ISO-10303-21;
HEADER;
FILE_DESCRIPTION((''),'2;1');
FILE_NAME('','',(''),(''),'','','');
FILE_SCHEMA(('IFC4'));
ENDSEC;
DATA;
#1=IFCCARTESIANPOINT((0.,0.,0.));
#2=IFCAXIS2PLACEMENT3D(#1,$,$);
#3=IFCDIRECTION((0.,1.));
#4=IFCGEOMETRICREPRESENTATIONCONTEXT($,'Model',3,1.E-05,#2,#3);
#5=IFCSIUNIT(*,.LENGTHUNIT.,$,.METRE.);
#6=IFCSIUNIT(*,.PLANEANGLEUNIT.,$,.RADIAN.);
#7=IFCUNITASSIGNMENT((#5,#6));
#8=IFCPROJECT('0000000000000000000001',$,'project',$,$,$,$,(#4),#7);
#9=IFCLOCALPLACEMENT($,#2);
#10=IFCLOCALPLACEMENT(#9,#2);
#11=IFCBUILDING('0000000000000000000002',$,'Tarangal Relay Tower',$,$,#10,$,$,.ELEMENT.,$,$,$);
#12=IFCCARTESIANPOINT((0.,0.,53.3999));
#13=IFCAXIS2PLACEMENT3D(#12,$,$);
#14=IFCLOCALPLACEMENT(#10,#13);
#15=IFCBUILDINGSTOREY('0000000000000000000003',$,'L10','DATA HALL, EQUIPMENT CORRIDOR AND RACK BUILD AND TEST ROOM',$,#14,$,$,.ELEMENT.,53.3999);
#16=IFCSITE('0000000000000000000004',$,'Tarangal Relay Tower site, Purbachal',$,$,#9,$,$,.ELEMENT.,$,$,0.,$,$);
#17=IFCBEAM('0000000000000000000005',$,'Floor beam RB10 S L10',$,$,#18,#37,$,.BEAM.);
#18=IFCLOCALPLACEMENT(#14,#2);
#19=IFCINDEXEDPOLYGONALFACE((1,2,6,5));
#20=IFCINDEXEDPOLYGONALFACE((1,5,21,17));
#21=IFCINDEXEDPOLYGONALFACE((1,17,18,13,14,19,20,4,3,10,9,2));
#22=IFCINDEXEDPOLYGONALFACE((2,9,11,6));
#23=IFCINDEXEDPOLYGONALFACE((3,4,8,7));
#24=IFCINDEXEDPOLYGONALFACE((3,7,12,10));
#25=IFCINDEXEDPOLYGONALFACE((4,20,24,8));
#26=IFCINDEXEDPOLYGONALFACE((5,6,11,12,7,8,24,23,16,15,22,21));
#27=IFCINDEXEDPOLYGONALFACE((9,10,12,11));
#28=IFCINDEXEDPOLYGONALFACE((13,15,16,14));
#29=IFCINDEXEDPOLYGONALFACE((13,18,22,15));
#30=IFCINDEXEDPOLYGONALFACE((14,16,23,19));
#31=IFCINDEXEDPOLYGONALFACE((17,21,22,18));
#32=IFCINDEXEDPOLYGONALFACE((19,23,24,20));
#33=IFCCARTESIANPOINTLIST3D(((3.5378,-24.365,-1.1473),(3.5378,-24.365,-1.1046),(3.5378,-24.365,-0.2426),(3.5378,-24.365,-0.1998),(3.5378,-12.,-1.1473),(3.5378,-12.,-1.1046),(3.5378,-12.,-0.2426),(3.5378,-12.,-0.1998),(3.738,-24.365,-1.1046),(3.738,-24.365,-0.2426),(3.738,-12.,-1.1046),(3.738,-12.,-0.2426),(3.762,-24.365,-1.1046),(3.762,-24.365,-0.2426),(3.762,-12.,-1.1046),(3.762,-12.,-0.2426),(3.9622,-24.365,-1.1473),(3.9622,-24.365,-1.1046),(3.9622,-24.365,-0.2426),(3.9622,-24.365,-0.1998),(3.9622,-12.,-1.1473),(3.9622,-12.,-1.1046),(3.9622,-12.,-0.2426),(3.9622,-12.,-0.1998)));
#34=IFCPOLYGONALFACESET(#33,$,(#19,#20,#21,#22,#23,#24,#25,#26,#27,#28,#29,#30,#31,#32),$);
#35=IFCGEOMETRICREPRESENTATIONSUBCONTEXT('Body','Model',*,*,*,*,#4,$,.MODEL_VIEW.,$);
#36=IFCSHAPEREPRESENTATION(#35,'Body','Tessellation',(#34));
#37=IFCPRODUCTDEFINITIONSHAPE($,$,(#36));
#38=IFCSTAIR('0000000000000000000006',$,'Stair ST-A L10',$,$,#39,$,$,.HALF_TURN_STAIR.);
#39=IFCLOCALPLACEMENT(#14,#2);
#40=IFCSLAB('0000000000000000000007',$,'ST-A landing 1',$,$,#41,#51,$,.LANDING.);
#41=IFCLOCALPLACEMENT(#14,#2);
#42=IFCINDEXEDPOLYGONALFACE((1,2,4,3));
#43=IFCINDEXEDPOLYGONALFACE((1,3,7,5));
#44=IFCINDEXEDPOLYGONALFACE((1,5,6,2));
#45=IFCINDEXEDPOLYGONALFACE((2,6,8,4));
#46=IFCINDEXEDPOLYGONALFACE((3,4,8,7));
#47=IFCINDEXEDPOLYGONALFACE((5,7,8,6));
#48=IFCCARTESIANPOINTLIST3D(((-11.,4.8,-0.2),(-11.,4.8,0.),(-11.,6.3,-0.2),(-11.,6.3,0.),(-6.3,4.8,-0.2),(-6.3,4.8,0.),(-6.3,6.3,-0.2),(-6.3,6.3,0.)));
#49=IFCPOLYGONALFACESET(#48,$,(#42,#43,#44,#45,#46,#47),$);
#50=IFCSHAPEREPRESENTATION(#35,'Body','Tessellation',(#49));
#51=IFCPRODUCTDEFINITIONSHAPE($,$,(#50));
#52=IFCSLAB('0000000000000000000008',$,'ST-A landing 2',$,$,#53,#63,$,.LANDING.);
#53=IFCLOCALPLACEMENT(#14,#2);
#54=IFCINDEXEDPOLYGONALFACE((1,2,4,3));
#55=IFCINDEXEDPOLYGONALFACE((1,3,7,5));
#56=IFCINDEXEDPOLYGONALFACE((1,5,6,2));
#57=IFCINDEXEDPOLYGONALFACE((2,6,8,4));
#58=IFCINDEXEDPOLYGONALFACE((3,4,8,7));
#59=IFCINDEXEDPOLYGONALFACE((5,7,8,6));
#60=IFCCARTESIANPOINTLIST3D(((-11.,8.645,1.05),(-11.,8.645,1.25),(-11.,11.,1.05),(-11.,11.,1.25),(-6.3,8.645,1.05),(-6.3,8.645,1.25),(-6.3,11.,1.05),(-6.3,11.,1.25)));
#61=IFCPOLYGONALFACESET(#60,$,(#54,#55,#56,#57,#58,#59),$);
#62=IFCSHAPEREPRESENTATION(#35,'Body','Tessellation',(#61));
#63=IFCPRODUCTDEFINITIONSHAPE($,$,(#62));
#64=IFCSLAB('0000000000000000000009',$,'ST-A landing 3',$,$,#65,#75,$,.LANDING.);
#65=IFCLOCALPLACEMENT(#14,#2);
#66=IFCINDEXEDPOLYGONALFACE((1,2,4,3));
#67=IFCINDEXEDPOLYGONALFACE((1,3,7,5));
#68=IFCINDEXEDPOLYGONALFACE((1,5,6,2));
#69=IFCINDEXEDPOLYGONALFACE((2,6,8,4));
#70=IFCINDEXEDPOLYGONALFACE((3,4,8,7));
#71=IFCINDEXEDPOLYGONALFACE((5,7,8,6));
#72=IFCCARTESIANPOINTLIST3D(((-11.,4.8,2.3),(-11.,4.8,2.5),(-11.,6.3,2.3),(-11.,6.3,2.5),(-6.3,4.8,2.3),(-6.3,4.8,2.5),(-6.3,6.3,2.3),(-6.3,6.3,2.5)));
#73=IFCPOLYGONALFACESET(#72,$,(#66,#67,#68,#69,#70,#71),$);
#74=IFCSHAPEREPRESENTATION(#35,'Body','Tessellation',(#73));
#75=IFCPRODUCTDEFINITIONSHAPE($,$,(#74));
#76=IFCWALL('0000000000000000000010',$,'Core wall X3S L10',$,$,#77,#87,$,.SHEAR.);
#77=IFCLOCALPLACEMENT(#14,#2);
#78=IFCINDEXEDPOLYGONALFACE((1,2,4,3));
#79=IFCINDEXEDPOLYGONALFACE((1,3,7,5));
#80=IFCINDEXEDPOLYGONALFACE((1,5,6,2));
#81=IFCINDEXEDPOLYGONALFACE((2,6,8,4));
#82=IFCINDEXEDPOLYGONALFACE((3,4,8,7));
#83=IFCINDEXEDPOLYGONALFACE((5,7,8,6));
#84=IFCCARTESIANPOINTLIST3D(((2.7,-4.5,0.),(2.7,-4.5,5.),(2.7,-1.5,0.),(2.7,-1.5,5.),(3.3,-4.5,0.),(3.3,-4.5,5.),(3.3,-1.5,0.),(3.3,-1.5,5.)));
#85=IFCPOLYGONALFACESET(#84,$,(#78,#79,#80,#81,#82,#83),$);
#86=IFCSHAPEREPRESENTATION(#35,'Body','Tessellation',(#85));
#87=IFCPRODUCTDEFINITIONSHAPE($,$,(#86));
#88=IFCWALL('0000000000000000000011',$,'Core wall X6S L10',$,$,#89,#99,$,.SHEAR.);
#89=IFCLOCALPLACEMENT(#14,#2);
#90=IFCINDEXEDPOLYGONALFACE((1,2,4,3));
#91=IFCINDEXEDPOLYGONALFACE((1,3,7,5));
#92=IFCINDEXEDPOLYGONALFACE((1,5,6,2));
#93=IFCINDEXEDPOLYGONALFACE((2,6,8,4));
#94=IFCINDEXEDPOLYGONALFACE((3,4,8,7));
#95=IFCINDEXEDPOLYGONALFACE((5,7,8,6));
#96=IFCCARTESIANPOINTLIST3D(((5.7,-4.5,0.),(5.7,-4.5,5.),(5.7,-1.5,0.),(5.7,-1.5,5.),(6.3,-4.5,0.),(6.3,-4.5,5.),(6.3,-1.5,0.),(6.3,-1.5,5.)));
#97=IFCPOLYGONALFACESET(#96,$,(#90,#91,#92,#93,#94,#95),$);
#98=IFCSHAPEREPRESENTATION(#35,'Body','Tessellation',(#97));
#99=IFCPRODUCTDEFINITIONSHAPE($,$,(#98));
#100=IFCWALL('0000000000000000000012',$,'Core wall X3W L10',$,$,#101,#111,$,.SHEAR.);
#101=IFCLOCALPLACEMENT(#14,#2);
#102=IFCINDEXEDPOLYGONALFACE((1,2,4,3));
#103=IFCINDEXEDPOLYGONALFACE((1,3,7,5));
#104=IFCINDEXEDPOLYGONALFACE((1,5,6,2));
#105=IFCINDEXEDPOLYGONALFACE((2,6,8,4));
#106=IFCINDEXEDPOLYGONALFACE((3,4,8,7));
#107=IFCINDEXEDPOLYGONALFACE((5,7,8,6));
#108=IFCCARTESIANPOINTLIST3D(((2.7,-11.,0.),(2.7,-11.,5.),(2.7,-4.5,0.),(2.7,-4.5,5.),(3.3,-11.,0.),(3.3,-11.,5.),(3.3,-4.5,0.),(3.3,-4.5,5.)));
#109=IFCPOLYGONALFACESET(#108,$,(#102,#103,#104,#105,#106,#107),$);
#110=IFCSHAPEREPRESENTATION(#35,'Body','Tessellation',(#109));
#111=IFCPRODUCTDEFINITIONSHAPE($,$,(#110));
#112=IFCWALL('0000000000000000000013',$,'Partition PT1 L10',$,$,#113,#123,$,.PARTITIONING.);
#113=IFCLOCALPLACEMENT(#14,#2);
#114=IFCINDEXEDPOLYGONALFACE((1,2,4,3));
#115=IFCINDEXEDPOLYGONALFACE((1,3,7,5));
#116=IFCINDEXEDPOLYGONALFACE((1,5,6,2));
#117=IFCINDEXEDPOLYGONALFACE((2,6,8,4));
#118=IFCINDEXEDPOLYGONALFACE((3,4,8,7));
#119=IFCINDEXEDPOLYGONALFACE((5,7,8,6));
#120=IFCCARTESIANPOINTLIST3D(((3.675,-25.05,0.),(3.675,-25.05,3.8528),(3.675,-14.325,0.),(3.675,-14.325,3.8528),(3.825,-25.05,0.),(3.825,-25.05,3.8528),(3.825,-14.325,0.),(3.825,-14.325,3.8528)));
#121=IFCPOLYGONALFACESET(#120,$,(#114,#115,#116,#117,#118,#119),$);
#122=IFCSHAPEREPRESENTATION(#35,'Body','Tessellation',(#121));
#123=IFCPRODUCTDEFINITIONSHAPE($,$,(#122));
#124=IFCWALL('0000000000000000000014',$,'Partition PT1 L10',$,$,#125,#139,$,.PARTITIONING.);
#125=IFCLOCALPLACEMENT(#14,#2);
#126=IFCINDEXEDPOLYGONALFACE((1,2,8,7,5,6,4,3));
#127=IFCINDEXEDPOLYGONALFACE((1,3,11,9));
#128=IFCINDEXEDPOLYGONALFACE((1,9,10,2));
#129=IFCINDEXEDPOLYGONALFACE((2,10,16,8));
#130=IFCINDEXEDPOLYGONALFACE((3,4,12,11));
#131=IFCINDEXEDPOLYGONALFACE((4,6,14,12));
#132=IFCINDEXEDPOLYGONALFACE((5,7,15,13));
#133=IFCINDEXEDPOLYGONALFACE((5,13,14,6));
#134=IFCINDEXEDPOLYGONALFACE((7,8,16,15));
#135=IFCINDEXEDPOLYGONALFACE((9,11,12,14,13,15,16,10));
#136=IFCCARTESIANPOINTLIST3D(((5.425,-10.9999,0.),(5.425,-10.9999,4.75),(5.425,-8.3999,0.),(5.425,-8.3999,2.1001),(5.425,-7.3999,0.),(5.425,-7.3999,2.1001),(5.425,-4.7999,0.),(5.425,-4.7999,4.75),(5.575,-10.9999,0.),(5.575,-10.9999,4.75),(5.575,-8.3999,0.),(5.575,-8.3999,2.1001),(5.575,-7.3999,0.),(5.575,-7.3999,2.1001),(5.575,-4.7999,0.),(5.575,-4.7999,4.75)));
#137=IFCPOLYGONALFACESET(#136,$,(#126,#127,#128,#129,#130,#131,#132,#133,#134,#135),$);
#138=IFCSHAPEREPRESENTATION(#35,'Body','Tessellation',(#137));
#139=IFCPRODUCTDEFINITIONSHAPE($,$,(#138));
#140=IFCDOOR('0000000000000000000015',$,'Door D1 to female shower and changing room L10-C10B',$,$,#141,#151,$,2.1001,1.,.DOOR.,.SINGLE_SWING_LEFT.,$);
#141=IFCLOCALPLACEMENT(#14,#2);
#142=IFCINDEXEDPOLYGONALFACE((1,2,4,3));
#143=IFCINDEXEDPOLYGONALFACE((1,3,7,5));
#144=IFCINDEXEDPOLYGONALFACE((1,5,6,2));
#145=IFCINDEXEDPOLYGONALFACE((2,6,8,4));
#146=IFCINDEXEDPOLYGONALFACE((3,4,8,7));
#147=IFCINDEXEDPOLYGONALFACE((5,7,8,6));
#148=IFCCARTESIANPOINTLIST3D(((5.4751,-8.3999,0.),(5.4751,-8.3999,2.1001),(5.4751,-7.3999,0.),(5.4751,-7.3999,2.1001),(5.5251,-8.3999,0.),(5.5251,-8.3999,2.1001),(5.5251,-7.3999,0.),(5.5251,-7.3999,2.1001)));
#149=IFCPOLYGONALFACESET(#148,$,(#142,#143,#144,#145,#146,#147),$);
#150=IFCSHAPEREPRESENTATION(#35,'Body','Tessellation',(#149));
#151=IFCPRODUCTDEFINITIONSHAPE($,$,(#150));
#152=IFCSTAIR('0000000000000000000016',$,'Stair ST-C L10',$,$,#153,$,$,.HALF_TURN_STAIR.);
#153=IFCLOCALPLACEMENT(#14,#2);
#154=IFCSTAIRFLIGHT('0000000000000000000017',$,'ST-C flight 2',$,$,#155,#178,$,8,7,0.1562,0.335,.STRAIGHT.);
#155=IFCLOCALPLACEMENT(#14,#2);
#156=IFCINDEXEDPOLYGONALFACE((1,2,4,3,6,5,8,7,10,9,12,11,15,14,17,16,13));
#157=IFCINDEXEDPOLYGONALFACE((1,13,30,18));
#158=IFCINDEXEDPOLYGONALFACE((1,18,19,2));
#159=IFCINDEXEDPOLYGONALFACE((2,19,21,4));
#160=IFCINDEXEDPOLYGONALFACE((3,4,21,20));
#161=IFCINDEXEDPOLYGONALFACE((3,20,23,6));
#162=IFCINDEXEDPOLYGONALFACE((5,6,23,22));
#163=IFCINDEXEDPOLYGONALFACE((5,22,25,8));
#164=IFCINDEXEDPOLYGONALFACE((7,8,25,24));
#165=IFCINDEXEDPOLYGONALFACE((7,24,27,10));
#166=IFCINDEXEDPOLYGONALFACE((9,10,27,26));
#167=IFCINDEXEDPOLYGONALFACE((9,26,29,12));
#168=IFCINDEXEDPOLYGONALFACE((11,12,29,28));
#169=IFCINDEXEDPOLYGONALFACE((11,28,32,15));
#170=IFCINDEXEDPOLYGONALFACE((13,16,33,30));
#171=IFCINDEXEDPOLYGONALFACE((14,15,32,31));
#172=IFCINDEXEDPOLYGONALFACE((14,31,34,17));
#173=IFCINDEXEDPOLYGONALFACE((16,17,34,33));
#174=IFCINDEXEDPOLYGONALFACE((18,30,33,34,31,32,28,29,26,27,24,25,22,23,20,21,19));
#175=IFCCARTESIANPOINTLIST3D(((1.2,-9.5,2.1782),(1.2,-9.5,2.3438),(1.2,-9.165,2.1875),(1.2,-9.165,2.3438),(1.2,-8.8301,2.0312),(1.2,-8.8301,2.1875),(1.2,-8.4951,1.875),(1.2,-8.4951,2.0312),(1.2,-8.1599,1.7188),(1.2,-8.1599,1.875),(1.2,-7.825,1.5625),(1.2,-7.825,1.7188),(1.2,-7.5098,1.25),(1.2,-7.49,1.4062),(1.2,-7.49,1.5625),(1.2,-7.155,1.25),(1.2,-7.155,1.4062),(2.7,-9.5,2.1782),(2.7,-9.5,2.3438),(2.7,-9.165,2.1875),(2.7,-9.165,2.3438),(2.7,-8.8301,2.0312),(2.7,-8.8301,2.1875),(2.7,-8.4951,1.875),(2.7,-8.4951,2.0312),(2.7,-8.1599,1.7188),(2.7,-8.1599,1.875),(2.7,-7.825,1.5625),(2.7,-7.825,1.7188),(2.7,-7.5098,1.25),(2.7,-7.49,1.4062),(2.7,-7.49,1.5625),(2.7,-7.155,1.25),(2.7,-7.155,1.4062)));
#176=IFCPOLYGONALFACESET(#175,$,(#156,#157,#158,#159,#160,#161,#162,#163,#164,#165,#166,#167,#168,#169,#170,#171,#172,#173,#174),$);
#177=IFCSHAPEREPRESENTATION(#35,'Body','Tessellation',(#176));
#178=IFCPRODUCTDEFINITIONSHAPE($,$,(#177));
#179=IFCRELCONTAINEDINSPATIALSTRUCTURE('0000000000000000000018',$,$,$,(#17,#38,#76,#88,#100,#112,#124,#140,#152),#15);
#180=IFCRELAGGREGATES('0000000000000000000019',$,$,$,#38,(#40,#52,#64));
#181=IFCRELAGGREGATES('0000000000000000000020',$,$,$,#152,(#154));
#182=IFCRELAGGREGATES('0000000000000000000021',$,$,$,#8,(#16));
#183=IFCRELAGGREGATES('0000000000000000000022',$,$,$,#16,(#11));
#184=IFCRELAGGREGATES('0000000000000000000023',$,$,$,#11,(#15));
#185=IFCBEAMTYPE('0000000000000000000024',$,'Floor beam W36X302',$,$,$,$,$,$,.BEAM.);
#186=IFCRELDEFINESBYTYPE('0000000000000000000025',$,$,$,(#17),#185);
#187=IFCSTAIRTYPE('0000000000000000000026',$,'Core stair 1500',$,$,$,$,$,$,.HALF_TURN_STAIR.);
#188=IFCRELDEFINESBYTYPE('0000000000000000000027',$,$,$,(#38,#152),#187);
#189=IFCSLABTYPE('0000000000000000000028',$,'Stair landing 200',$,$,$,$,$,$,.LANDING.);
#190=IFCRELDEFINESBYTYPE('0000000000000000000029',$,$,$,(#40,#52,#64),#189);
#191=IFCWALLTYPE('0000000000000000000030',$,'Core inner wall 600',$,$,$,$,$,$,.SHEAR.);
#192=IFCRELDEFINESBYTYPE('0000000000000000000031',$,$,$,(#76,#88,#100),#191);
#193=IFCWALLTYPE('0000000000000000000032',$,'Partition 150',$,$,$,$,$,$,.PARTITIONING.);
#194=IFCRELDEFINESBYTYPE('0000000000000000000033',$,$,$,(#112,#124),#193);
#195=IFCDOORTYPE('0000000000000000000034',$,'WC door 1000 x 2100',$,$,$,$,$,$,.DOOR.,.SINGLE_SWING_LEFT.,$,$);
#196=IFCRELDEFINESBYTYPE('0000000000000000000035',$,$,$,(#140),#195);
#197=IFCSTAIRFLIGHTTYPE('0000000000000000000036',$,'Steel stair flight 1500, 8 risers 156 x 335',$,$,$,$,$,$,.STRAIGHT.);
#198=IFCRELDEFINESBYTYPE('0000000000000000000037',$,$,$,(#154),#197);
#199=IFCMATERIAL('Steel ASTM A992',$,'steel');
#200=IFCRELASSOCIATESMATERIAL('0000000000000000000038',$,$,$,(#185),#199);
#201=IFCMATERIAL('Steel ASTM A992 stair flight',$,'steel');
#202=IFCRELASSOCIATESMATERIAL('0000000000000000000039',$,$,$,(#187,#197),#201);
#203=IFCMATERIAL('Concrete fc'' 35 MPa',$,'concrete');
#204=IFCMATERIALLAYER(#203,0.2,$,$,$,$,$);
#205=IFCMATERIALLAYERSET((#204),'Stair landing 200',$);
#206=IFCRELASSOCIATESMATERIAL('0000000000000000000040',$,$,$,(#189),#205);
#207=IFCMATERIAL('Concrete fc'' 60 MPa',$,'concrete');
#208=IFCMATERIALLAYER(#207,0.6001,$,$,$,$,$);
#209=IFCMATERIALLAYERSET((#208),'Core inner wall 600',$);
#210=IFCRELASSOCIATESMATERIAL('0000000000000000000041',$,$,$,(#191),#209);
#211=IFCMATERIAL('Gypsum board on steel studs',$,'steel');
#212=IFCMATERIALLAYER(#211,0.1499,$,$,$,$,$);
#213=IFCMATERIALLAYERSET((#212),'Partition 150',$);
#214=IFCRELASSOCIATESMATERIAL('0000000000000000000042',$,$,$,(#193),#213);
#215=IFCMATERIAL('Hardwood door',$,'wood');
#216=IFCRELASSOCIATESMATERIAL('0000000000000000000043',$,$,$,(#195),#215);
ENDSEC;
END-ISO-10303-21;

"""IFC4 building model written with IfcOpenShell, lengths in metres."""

from ifc_helpers import new_model, si_unit, direction, frame, frame_2d, origin, origin_2d, place, context, subcontext, project, spatial, polyline, rectangle, i_section, outline, extrude, material, layer, layer_set, material_profile, profile_set, type_object, element, fill, aggregate, save


model = new_model("IFC4")

# Units and contexts
model_context = context("Model", 3, precision=1e-05, world=origin(), true_north=direction((0.0, 1.0)))
body_context = subcontext(model_context, "Body", "Model", "MODEL_VIEW")
ifc_project = project(units=[si_unit("LENGTHUNIT", "METRE"), si_unit("PLANEANGLEUNIT", "RADIAN")], contexts=[model_context])

# Site, building, storey
site_placement = place(None, origin())
site = spatial("IfcSite", under=ifc_project, at=site_placement, Name="Tarangal Relay Tower site, Purbachal", CompositionType="ELEMENT", RefElevation=0.0)
building_placement = place(site_placement, origin())
building = spatial("IfcBuilding", under=site, at=building_placement, Name="Tarangal Relay Tower", CompositionType="ELEMENT")
storey_placement = place(building_placement, frame((0.0, 0.0, 53.3999)))
storey = spatial("IfcBuildingStorey", under=building, at=storey_placement, Name="L10", Description="DATA HALL, EQUIPMENT CORRIDOR AND RACK BUILD AND TEST ROOM", CompositionType="ELEMENT", Elevation=53.3999)

# Beam
ifc_material_1 = material(Name="Steel ASTM A992", Category="steel")
ifc_material_profile = material_profile(ifc_material_1, i_section(OverallWidth=0.4243, OverallDepth=0.9475, WebThickness=0.0239, FlangeThickness=0.0427, at=origin_2d()), Name="W36X302")
ifc_profile_set = profile_set([ifc_material_profile], Name="Steel ASTM A992")
beam_type = type_object("IfcBeamType", Name="Floor beam W36X302", PredefinedType="BEAM", material=ifc_profile_set)
beam_placement = place(storey_placement, frame((3.75, -12.0, -0.6736), z_axis=(0.0, -1.0, 0.0), x_axis=(1.0, 0.0, 0.0)))
element("IfcBeam", 1, at=beam_placement, inside=storey, type_object=beam_type, Name="Floor beam RB10 S L10", PredefinedType="BEAM", context=body_context, shape_type="SweptSolid", body=[
    extrude(i_section(OverallWidth=0.4243, OverallDepth=0.9475, WebThickness=0.0239, FlangeThickness=0.0427, at=origin_2d()), origin(), (0.0, 0.0, 1.0), 12.365),
])

# Stair, slabs
ifc_material_2 = material(Name="Steel ASTM A992 stair flight", Category="steel")
stair_type = type_object("IfcStairType", Name="Core stair 1500", PredefinedType="HALF_TURN_STAIR", material=ifc_material_2)
stair_1_placement = place(storey_placement, origin())
stair_1 = element("IfcStair", 2, at=stair_1_placement, inside=storey, type_object=stair_type, Name="Stair ST-A L10", PredefinedType="HALF_TURN_STAIR")
ifc_material_3 = material(Name="Concrete fc' 35 MPa", Category="concrete")
ifc_layer_1 = layer(ifc_material_3, 0.2)
ifc_layer_set_1 = layer_set([ifc_layer_1], Name="Stair landing 200")
slab_type = type_object("IfcSlabType", Name="Stair landing 200", PredefinedType="LANDING", material=ifc_layer_set_1)
slab_1_placement = place(storey_placement, frame((0.0, 0.0, -0.2)))
slab_1 = element("IfcSlab", 3, at=slab_1_placement, type_object=slab_type, Name="ST-A landing 1", PredefinedType="LANDING", context=body_context, shape_type="SweptSolid", body=[
    extrude(outline(polyline([(-11.0, 4.8), (-6.3, 4.8), (-6.3, 6.3), (-11.0, 6.3), (-11.0, 4.8)])), origin(), (0.0, 0.0, 1.0), 0.2),
])
slab_2_placement = place(storey_placement, frame((0.0, 0.0, 1.05)))
slab_2 = element("IfcSlab", 4, at=slab_2_placement, type_object=slab_type, Name="ST-A landing 2", PredefinedType="LANDING", context=body_context, shape_type="SweptSolid", body=[
    extrude(outline(polyline([(-11.0, 8.645), (-6.3, 8.645), (-6.3, 11.0), (-11.0, 11.0), (-11.0, 8.645)])), origin(), (0.0, 0.0, 1.0), 0.2),
])
slab_3_placement = place(storey_placement, frame((0.0, 0.0, 2.3)))
slab_3 = element("IfcSlab", 5, at=slab_3_placement, type_object=slab_type, Name="ST-A landing 3", PredefinedType="LANDING", context=body_context, shape_type="SweptSolid", body=[
    extrude(outline(polyline([(-11.0, 4.8), (-6.3, 4.8), (-6.3, 6.3), (-11.0, 6.3), (-11.0, 4.8)])), origin(), (0.0, 0.0, 1.0), 0.2),
])
aggregate(stair_1, [slab_1, slab_2, slab_3])

# Walls
ifc_material_4 = material(Name="Concrete fc' 60 MPa", Category="concrete")
ifc_layer_2 = layer(ifc_material_4, 0.6001)
ifc_layer_set_2 = layer_set([ifc_layer_2], Name="Core inner wall 600")
wall_type_1 = type_object("IfcWallType", Name="Core inner wall 600", PredefinedType="SHEAR", material=ifc_layer_set_2)
for number, where, z_axis, x_axis, name in (
    (6, (3.0, -4.5, 0.0), (0.0, 0.0, 1.0), (0.0, 1.0, 0.0), "Core wall X3S L10"),
    (7, (6.0, -4.5, 0.0), (0.0, 0.0, 1.0), (0.0, 1.0, 0.0), "Core wall X6S L10"),
):
    element("IfcWall", number, at=place(storey_placement, frame(where, z_axis=z_axis, x_axis=x_axis)), inside=storey, type_object=wall_type_1, Name=name, PredefinedType="SHEAR", context=body_context, shape_type="SweptSolid", body=[
        extrude(rectangle(XDim=3.0, YDim=0.6001, at=frame_2d((1.5, 0.0))), origin(), (0.0, 0.0, 1.0), 5.0),
    ])
wall_1_placement = place(storey_placement, frame((3.0, -11.0, 0.0), z_axis=(0.0, 0.0, 1.0), x_axis=(0.0, 1.0, 0.0)))
element("IfcWall", 8, at=wall_1_placement, inside=storey, type_object=wall_type_1, Name="Core wall X3W L10", PredefinedType="SHEAR", context=body_context, shape_type="SweptSolid", body=[
    extrude(rectangle(XDim=6.5, YDim=0.6001, at=frame_2d((3.25, 0.0))), origin(), (0.0, 0.0, 1.0), 5.0),
])
ifc_material_5 = material(Name="Gypsum board on steel studs", Category="steel")
ifc_layer_3 = layer(ifc_material_5, 0.1499)
ifc_layer_set_3 = layer_set([ifc_layer_3], Name="Partition 150")
wall_type_2 = type_object("IfcWallType", Name="Partition 150", PredefinedType="PARTITIONING", material=ifc_layer_set_3)
wall_2_placement = place(storey_placement, frame((3.75, -25.05, 0.0), z_axis=(0.0, 0.0, 1.0), x_axis=(0.0, 1.0, 0.0)))
element("IfcWall", 9, at=wall_2_placement, inside=storey, type_object=wall_type_2, Name="Partition PT1 L10", PredefinedType="PARTITIONING", context=body_context, shape_type="SweptSolid", body=[
    extrude(rectangle(XDim=10.7251, YDim=0.1499, at=frame_2d((5.3625, 0.0))), origin(), (0.0, 0.0, 1.0), 3.8528),
])

# Wall, opening, door
wall_3_placement = place(storey_placement, frame((5.5, -11.0, 0.0), z_axis=(0.0, 0.0, 1.0), x_axis=(0.0, 1.0, 0.0)))
wall_3 = element("IfcWall", 10, at=wall_3_placement, inside=storey, type_object=wall_type_2, Name="Partition PT1 L10", PredefinedType="PARTITIONING", context=body_context, shape_type="SweptSolid", body=[
    extrude(rectangle(XDim=6.2, YDim=0.1499, at=frame_2d((3.1001, 0.0))), origin(), (0.0, 0.0, 1.0), 4.75),
])
opening_placement = place(wall_3_placement, frame((2.6001, 0.0, 0.0)))
opening = element("IfcOpeningElement", 11, at=opening_placement, cuts=wall_3, PredefinedType="OPENING", context=body_context, shape_type="SweptSolid", body=[
    extrude(rectangle(XDim=1.0, YDim=2.1001, at=frame_2d((0.5, 1.05))), frame((0.0, 0.085, 0.0), z_axis=(0.0, -1.0, 0.0), x_axis=(1.0, 0.0, 0.0)), (0.0, 0.0, 1.0), 0.1699),
])
ifc_material_6 = material(Name="Hardwood door", Category="wood")
door_type = type_object("IfcDoorType", Name="WC door 1000 x 2100", OperationType="SINGLE_SWING_LEFT", PredefinedType="DOOR", material=ifc_material_6)
door_placement = place(opening_placement, origin())
door = element("IfcDoor", 12, at=door_placement, inside=storey, type_object=door_type, Name="Door D1 to female shower and changing room L10-C10B", OperationType="SINGLE_SWING_LEFT", OverallHeight=2.1001, OverallWidth=1.0, PredefinedType="DOOR", context=body_context, shape_type="SweptSolid", body=[
    extrude(rectangle(XDim=1.0, YDim=2.1001, at=frame_2d((0.5, 1.05))), frame((0.0, 0.0249, 0.0), z_axis=(0.0, -1.0, 0.0), x_axis=(1.0, 0.0, 0.0)), (0.0, 0.0, 1.0), 0.05),
])
fill(opening, door)

# Stair, stair flight
stair_2_placement = place(storey_placement, origin())
stair_2 = element("IfcStair", 13, at=stair_2_placement, inside=storey, type_object=stair_type, Name="Stair ST-C L10", PredefinedType="HALF_TURN_STAIR")
stair_flight_type = type_object("IfcStairFlightType", Name="Steel stair flight 1500, 8 risers 156 x 335", PredefinedType="STRAIGHT", material=ifc_material_2)
stair_flight_1_placement = place(storey_placement, frame((1.95, -7.155, 1.25), z_axis=(0.0, 0.0, 1.0), x_axis=(0.0, -1.0, 0.0)))
stair_flight_1 = element("IfcStairFlight", 14, at=stair_flight_1_placement, type_object=stair_flight_type, Name="ST-C flight 2", NumberOfRisers=8, NumberOfTreads=7, PredefinedType="STRAIGHT", RiserHeight=0.1562, TreadLength=0.335, context=body_context, shape_type="SweptSolid", body=[
    extrude(outline(polyline([(0.0, 0.0), (0.0, 0.1562), (0.335, 0.1562), (0.335, 0.3125), (0.6699, 0.3125), (0.6699, 0.4688), (1.0049, 0.4688), (1.0049, 0.625), (1.3401, 0.625), (1.3401, 0.7812), (1.675, 0.7812), (1.675, 0.9375), (2.01, 0.9375), (2.01, 1.0938), (2.345, 1.0938), (2.345, 1.25), (2.345, 0.9282), (0.3547, 0.0), (0.0, 0.0)])), frame((0.0, 0.75, 0.0), z_axis=(0.0, -1.0, 0.0), x_axis=(1.0, 0.0, 0.0)), (0.0, 0.0, 1.0), 1.5),
])
aggregate(stair_2, [stair_flight_1])

save(model, "model.ifc")
